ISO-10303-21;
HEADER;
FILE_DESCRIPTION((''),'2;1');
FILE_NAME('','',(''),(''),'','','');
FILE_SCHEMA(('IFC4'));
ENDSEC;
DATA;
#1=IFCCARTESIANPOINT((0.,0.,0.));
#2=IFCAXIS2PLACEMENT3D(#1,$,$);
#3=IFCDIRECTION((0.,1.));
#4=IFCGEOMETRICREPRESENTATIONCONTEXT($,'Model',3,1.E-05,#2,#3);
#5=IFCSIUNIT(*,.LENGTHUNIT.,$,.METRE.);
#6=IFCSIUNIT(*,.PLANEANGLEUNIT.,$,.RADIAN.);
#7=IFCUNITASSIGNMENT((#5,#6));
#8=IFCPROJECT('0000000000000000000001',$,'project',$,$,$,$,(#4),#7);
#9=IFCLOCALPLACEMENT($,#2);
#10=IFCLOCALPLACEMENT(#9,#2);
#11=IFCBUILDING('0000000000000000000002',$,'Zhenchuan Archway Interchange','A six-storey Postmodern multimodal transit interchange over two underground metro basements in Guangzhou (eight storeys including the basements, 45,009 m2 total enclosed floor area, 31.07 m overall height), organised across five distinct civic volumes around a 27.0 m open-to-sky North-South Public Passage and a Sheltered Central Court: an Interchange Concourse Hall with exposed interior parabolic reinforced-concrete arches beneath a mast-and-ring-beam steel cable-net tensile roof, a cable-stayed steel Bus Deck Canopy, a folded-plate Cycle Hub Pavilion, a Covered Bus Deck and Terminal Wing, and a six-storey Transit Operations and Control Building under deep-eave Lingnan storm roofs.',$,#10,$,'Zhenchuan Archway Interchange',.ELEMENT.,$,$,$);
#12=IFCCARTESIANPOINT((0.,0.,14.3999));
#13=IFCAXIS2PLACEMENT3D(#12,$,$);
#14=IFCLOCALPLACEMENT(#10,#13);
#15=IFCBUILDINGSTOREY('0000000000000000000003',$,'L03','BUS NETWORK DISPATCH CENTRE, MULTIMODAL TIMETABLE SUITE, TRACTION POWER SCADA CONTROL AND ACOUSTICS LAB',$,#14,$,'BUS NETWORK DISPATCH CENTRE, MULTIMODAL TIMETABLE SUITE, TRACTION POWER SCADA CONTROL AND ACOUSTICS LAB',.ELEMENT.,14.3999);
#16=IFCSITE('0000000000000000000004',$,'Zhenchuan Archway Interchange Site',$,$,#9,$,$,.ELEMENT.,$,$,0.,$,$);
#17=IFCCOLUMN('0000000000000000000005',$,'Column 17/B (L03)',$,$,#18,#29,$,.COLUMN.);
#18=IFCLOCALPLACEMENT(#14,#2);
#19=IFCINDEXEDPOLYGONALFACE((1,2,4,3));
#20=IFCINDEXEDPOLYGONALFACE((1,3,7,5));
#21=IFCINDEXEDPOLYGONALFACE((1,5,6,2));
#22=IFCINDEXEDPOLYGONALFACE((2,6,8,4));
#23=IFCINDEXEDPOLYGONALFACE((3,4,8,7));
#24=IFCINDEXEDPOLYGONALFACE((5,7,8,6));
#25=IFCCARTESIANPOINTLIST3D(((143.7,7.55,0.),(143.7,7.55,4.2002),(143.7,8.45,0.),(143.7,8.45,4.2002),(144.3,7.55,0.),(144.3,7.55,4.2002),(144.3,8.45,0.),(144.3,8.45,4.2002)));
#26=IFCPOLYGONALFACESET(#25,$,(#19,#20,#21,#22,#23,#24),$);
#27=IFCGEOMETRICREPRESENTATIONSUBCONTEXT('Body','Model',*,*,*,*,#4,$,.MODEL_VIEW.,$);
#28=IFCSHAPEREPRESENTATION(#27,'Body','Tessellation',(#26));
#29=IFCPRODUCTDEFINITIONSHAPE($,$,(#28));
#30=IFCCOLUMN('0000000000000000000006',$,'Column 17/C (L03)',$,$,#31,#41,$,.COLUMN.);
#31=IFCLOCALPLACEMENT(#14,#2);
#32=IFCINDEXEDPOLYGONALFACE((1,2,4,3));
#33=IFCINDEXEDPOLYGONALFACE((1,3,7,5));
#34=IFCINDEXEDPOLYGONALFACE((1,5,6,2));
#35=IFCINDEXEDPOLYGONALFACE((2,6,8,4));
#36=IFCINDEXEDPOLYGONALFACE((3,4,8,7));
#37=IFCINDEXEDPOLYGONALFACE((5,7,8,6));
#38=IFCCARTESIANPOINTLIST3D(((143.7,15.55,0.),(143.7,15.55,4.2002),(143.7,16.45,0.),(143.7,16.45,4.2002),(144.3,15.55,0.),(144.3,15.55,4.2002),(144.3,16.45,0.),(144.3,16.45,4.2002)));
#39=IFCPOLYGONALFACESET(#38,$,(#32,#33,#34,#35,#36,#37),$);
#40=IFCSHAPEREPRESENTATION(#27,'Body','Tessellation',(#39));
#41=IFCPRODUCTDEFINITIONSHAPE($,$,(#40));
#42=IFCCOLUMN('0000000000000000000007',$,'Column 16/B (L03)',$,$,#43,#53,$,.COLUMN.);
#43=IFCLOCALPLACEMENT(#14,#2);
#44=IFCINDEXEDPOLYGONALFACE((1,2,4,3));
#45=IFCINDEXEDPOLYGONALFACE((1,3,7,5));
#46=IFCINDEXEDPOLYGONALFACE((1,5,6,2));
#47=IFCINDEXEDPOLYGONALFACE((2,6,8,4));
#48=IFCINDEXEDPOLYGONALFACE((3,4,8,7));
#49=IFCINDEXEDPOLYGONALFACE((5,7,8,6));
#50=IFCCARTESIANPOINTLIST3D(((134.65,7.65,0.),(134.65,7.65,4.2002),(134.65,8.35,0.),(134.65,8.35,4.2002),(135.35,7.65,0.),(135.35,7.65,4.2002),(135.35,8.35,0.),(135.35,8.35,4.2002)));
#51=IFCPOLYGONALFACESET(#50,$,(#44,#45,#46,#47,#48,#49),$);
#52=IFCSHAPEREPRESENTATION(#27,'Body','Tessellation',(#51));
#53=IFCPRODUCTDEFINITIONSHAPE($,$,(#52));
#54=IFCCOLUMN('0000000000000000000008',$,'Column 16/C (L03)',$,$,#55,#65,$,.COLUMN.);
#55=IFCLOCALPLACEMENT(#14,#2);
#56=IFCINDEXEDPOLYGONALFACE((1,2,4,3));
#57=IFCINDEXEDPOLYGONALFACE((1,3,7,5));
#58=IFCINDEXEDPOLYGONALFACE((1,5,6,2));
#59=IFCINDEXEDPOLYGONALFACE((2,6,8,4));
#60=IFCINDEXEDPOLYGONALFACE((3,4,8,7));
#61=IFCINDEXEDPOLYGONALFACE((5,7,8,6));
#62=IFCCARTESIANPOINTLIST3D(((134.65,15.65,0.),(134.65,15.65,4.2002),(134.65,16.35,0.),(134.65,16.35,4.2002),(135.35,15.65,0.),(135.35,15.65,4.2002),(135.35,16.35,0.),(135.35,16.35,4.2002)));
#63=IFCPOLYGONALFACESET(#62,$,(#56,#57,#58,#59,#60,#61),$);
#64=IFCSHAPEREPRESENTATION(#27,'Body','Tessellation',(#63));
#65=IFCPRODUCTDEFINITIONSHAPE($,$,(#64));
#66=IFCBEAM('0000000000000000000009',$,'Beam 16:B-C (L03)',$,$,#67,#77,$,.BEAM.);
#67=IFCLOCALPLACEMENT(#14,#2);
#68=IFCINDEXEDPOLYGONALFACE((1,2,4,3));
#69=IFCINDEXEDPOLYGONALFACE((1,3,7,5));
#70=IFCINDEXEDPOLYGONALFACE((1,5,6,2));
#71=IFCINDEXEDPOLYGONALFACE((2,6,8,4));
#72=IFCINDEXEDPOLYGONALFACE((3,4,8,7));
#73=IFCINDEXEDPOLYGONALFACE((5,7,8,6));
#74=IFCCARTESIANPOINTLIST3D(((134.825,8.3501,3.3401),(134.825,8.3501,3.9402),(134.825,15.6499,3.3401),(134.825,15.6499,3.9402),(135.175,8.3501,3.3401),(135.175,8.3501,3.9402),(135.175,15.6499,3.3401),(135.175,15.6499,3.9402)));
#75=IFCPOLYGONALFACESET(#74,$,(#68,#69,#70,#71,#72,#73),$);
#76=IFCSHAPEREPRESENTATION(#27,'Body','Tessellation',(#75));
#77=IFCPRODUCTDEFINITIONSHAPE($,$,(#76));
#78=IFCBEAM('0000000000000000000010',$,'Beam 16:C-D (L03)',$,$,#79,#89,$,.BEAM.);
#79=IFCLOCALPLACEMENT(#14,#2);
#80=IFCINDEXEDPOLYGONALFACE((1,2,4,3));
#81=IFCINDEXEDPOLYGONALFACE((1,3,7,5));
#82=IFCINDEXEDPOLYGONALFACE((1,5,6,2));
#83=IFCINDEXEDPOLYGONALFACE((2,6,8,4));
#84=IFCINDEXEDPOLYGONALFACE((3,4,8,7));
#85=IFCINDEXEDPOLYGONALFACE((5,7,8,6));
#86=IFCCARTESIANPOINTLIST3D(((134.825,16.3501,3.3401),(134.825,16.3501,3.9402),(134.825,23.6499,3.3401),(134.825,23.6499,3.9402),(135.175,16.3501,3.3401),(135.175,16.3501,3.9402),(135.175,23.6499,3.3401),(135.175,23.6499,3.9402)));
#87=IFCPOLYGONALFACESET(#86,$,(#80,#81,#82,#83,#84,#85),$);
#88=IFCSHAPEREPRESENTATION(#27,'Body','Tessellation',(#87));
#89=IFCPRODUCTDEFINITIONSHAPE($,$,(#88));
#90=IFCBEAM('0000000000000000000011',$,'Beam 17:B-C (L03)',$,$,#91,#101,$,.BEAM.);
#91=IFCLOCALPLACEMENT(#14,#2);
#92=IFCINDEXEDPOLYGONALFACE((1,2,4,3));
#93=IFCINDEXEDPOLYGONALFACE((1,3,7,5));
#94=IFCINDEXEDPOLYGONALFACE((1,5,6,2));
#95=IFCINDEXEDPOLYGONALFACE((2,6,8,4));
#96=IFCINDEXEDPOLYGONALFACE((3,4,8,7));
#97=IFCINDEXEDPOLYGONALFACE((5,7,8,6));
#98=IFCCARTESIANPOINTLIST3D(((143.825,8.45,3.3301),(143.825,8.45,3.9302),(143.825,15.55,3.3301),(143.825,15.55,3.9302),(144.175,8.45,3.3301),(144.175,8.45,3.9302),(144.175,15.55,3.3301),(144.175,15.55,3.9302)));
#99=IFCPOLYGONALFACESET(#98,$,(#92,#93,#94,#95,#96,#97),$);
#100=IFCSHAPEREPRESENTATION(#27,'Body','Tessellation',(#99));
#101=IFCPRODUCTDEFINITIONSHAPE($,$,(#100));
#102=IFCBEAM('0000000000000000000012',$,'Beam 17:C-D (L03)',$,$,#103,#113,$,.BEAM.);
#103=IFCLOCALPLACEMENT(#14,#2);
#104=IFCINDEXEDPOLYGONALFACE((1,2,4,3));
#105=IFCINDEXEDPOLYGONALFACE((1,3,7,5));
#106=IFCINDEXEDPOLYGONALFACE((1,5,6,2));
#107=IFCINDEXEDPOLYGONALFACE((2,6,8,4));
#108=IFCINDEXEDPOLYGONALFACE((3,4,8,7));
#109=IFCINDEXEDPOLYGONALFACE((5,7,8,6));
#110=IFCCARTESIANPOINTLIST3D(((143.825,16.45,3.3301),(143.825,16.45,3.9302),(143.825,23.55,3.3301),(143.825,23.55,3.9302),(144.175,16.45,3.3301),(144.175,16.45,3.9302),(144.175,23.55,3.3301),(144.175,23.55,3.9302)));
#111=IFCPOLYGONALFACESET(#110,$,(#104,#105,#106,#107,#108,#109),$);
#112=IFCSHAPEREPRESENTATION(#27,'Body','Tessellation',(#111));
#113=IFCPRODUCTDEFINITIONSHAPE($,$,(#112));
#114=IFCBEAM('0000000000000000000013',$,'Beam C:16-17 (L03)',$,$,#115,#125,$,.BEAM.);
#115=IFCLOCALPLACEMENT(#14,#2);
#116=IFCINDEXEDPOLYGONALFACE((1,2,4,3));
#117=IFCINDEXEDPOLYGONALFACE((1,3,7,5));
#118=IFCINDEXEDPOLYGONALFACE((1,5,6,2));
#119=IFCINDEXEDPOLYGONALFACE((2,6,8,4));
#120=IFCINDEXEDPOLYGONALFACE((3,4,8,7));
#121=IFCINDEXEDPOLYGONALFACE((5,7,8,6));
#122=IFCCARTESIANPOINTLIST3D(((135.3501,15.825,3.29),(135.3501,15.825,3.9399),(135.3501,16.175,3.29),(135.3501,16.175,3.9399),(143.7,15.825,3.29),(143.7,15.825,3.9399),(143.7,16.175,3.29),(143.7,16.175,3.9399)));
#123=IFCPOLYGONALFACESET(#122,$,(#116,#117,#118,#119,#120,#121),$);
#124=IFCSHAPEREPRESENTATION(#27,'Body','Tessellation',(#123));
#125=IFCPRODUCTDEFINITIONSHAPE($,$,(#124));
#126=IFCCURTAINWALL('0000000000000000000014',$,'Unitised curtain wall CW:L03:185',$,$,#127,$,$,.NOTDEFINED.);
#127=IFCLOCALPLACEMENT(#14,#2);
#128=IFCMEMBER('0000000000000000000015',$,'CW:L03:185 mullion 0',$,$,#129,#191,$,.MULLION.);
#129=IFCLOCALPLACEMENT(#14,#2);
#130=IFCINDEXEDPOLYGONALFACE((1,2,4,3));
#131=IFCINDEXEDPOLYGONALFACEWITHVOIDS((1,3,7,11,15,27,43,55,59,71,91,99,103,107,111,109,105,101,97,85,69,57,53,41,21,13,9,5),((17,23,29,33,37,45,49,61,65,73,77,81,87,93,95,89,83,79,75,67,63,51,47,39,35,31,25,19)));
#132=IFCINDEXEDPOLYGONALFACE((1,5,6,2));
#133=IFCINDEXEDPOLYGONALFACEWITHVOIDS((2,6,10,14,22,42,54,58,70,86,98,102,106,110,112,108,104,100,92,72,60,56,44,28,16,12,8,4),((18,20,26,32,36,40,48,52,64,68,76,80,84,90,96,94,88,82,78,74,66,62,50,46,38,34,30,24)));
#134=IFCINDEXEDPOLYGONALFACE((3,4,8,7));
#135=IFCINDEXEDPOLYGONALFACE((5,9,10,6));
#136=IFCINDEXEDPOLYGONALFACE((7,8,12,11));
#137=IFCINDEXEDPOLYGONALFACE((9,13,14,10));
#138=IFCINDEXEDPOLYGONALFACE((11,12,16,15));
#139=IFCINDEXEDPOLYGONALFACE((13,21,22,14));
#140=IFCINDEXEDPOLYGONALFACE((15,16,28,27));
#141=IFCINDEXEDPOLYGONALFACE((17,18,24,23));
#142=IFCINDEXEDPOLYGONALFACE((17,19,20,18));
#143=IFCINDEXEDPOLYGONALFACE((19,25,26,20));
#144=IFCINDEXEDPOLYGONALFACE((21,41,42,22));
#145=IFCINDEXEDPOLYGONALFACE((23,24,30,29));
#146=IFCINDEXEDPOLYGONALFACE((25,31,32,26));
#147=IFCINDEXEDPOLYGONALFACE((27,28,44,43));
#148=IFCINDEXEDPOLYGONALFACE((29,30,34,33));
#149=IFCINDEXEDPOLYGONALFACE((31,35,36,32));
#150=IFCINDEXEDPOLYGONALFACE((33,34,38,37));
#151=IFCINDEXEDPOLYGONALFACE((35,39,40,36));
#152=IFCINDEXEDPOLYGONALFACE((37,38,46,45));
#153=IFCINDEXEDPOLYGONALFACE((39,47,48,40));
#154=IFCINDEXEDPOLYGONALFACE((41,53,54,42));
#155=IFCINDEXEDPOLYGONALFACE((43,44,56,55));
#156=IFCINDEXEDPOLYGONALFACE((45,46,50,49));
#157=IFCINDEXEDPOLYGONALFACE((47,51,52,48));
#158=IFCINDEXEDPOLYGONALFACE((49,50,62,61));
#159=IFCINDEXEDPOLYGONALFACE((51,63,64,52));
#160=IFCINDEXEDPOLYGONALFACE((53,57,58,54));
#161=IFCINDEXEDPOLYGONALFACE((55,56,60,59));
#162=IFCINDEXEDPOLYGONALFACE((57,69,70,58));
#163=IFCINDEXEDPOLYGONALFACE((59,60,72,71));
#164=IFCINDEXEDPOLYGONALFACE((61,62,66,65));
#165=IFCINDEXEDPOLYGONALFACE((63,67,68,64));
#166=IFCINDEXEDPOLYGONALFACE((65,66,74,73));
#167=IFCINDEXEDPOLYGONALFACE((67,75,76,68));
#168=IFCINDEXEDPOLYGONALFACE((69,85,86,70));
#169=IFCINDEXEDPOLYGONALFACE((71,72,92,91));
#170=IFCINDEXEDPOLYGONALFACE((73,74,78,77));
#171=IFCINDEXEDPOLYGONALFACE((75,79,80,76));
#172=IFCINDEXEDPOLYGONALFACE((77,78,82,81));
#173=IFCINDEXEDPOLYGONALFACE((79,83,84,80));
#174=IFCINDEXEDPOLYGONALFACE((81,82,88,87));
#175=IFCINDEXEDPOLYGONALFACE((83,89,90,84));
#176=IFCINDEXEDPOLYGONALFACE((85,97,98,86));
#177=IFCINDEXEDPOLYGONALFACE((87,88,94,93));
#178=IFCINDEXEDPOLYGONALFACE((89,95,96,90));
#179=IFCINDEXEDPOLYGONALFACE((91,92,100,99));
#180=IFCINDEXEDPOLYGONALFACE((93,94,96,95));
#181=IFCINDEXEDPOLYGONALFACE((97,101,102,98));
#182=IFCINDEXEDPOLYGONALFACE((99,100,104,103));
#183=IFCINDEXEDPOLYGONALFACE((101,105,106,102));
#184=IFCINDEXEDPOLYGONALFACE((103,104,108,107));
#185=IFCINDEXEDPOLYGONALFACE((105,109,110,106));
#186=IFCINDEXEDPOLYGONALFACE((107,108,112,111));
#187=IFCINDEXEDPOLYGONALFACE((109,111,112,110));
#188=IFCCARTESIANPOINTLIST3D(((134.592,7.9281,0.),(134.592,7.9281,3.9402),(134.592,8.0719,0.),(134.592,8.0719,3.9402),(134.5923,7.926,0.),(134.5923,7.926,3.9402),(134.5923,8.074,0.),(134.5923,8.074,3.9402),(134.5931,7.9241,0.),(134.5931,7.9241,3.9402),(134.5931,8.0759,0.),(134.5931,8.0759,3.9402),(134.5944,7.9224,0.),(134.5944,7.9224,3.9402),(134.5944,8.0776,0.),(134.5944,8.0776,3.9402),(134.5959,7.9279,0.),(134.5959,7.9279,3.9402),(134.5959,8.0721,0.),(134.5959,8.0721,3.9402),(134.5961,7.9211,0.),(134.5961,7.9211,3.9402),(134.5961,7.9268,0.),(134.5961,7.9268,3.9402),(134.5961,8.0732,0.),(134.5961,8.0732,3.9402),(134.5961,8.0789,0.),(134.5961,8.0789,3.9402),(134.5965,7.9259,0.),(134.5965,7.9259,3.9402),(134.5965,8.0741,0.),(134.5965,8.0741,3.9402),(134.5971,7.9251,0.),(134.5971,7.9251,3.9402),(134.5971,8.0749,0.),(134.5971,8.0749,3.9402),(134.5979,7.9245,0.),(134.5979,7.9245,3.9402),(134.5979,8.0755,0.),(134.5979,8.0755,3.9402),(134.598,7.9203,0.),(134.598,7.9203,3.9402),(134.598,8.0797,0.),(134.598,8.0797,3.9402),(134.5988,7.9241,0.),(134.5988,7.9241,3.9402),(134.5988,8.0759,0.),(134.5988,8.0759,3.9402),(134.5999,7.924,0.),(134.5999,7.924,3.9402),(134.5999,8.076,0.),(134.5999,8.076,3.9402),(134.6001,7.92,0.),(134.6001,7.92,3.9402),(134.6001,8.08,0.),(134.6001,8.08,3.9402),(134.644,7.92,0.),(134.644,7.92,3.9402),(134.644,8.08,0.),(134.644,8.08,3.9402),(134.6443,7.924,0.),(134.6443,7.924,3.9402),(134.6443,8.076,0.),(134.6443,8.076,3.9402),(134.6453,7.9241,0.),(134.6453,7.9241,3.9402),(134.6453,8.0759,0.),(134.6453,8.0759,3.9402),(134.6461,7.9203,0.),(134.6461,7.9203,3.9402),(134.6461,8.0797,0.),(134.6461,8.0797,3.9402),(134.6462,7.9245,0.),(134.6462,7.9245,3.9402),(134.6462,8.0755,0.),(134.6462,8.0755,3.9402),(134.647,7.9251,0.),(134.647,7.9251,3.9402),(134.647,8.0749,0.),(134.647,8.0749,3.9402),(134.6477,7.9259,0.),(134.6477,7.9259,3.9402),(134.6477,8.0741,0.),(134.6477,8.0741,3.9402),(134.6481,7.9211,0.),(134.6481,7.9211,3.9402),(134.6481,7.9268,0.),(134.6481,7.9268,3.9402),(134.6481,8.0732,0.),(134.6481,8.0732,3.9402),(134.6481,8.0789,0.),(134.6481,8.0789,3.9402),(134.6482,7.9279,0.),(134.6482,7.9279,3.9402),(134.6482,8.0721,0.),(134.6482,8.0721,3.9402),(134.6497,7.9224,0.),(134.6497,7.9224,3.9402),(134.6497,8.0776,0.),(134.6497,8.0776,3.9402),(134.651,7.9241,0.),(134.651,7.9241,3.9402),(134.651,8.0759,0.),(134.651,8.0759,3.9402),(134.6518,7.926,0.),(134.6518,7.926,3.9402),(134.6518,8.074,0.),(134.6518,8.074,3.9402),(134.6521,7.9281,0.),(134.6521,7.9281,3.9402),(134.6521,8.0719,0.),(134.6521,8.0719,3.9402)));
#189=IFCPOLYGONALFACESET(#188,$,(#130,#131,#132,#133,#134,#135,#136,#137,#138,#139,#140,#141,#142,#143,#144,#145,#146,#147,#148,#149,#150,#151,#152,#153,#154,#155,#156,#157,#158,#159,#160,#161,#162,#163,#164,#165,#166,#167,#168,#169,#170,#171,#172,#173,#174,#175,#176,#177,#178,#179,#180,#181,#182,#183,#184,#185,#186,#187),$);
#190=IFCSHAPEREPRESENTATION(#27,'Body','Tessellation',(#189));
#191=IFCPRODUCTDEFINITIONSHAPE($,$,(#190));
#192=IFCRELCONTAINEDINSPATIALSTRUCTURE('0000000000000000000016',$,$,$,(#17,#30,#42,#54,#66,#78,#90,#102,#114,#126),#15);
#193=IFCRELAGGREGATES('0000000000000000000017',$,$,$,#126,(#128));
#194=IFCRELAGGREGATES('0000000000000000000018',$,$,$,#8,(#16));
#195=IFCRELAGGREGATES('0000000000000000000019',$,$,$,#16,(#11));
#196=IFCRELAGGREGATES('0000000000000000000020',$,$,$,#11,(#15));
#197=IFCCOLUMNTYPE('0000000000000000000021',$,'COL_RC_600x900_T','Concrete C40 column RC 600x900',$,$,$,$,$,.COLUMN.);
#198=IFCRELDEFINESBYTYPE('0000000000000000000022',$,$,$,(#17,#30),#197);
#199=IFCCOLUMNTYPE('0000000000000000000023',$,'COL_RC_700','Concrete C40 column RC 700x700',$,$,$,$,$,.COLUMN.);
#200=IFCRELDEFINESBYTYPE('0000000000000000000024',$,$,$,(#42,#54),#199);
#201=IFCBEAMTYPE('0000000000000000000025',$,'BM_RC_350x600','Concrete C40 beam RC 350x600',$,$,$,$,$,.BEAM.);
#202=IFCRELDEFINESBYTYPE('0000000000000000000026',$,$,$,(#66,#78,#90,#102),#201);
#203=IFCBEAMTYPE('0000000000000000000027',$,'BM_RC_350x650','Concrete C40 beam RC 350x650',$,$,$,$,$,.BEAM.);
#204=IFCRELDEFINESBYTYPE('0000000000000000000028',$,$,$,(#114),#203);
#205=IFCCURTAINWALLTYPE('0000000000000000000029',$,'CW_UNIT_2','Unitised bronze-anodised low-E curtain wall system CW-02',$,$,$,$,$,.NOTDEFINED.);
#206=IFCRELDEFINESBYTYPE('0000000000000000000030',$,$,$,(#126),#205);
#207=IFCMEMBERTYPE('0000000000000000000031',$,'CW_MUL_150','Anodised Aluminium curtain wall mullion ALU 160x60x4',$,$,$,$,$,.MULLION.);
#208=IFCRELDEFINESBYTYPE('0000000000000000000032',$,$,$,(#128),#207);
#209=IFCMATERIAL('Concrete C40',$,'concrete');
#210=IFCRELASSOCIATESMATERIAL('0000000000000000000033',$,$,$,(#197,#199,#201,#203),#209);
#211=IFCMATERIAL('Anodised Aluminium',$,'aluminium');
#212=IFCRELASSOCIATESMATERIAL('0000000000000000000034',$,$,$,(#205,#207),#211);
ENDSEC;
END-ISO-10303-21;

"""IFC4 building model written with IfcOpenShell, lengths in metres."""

from ifc_helpers import new_model, si_unit, direction, frame, origin, origin_2d, place, context, subcontext, project, spatial, rectangle, hollow_rectangle, extrude, material, material_profile, profile_set, type_object, element, aggregate, save


model = new_model("IFC4")

# Units and contexts
model_context = context("Model", 3, precision=1e-05, world=origin(), true_north=direction((0.0, 1.0)))
body_context = subcontext(model_context, "Body", "Model", "MODEL_VIEW")
ifc_project = project(units=[si_unit("LENGTHUNIT", "METRE"), si_unit("PLANEANGLEUNIT", "RADIAN")], contexts=[model_context])

# Site, building, storey
site_placement = place(None, origin())
site = spatial("IfcSite", under=ifc_project, at=site_placement, Name="Zhenchuan Archway Interchange Site", CompositionType="ELEMENT", RefElevation=0.0)
building_placement = place(site_placement, origin())
building = spatial("IfcBuilding", under=site, at=building_placement, Name="Zhenchuan Archway Interchange", Description="A six-storey Postmodern multimodal transit interchange over two underground metro basements in Guangzhou (eight storeys including the basements, 45,009 m2 total enclosed floor area, 31.07 m overall height), organised across five distinct civic volumes around a 27.0 m open-to-sky North-South Public Passage and a Sheltered Central Court: an Interchange Concourse Hall with exposed interior parabolic reinforced-concrete arches beneath a mast-and-ring-beam steel cable-net tensile roof, a cable-stayed steel Bus Deck Canopy, a folded-plate Cycle Hub Pavilion, a Covered Bus Deck and Terminal Wing, and a six-storey Transit Operations and Control Building under deep-eave Lingnan storm roofs.", LongName="Zhenchuan Archway Interchange", CompositionType="ELEMENT")
storey_placement = place(building_placement, frame((0.0, 0.0, 14.3999)))
storey = spatial("IfcBuildingStorey", under=building, at=storey_placement, Name="L03", Description="BUS NETWORK DISPATCH CENTRE, MULTIMODAL TIMETABLE SUITE, TRACTION POWER SCADA CONTROL AND ACOUSTICS LAB", LongName="BUS NETWORK DISPATCH CENTRE, MULTIMODAL TIMETABLE SUITE, TRACTION POWER SCADA CONTROL AND ACOUSTICS LAB", CompositionType="ELEMENT", Elevation=14.3999)

# Columns
ifc_material_1 = material(Name="Concrete C40", Category="concrete")
ifc_material_profile_1 = material_profile(ifc_material_1, rectangle(XDim=0.6001, YDim=0.8999, at=origin_2d()), Name="RC 600x900")
ifc_profile_set_1 = profile_set([ifc_material_profile_1], Name="Concrete C40")
column_type_1 = type_object("IfcColumnType", Name="COL_RC_600x900_T", Description="Concrete C40 column RC 600x900", PredefinedType="COLUMN", material=ifc_profile_set_1)
for number, where, z_axis, x_axis, name in (
    (1, (144.0, 8.0, 0.0), (0.0, 0.0, 1.0), (1.0, 0.0, 0.0), "Column 17/B (L03)"),
    (2, (144.0, 16.0, 0.0), (0.0, 0.0, 1.0), (1.0, 0.0, 0.0), "Column 17/C (L03)"),
):
    element("IfcColumn", number, at=place(storey_placement, frame(where, z_axis=z_axis, x_axis=x_axis)), inside=storey, type_object=column_type_1, Name=name, PredefinedType="COLUMN", context=body_context, shape_type="SweptSolid", body=[
        extrude(rectangle(XDim=0.6001, YDim=0.8999, at=origin_2d()), origin(), (0.0, 0.0, 1.0), 4.2002),
    ])
ifc_material_profile_2 = material_profile(ifc_material_1, rectangle(XDim=0.7, YDim=0.7, at=origin_2d()), Name="RC 700x700")
ifc_profile_set_2 = profile_set([ifc_material_profile_2], Name="Concrete C40")
column_type_2 = type_object("IfcColumnType", Name="COL_RC_700", Description="Concrete C40 column RC 700x700", PredefinedType="COLUMN", material=ifc_profile_set_2)
for number, where, z_axis, x_axis, name in (
    (3, (135.0, 8.0, 0.0), (0.0, 0.0, 1.0), (1.0, 0.0, 0.0), "Column 16/B (L03)"),
    (4, (135.0, 16.0, 0.0), (0.0, 0.0, 1.0), (1.0, 0.0, 0.0), "Column 16/C (L03)"),
):
    element("IfcColumn", number, at=place(storey_placement, frame(where, z_axis=z_axis, x_axis=x_axis)), inside=storey, type_object=column_type_2, Name=name, PredefinedType="COLUMN", context=body_context, shape_type="SweptSolid", body=[
        extrude(rectangle(XDim=0.7, YDim=0.7, at=origin_2d()), origin(), (0.0, 0.0, 1.0), 4.2002),
    ])

# Beams
ifc_material_profile_3 = material_profile(ifc_material_1, rectangle(XDim=0.3501, YDim=0.6001, at=origin_2d()), Name="RC 350x600")
ifc_profile_set_3 = profile_set([ifc_material_profile_3], Name="Concrete C40")
beam_type_1 = type_object("IfcBeamType", Name="BM_RC_350x600", Description="Concrete C40 beam RC 350x600", PredefinedType="BEAM", material=ifc_profile_set_3)
for number, where, z_axis, x_axis, name in (
    (5, (135.0, 8.3501, 3.6401), (0.0, 1.0, 0.0), (-1.0, 0.0, 0.0), "Beam 16:B-C (L03)"),
    (6, (135.0, 16.3501, 3.6401), (0.0, 1.0, 0.0), (-1.0, 0.0, 0.0), "Beam 16:C-D (L03)"),
):
    element("IfcBeam", number, at=place(storey_placement, frame(where, z_axis=z_axis, x_axis=x_axis)), inside=storey, type_object=beam_type_1, Name=name, PredefinedType="BEAM", context=body_context, shape_type="SweptSolid", body=[
        extrude(rectangle(XDim=0.3501, YDim=0.6001, at=origin_2d()), origin(), (0.0, 0.0, 1.0), 7.2998),
    ])
for number, where, z_axis, x_axis, name in (
    (7, (144.0, 8.45, 3.6301), (0.0, 1.0, 0.0), (-1.0, 0.0, 0.0), "Beam 17:B-C (L03)"),
    (8, (144.0, 16.45, 3.6301), (0.0, 1.0, 0.0), (-1.0, 0.0, 0.0), "Beam 17:C-D (L03)"),
):
    element("IfcBeam", number, at=place(storey_placement, frame(where, z_axis=z_axis, x_axis=x_axis)), inside=storey, type_object=beam_type_1, Name=name, PredefinedType="BEAM", context=body_context, shape_type="SweptSolid", body=[
        extrude(rectangle(XDim=0.3501, YDim=0.6001, at=origin_2d()), origin(), (0.0, 0.0, 1.0), 7.1001),
    ])
ifc_material_profile_4 = material_profile(ifc_material_1, rectangle(XDim=0.3501, YDim=0.6499, at=origin_2d()), Name="RC 350x650")
ifc_profile_set_4 = profile_set([ifc_material_profile_4], Name="Concrete C40")
beam_type_2 = type_object("IfcBeamType", Name="BM_RC_350x650", Description="Concrete C40 beam RC 350x650", PredefinedType="BEAM", material=ifc_profile_set_4)
beam_1_placement = place(storey_placement, frame((135.3501, 16.0, 3.615), z_axis=(1.0, 0.0, 0.0), x_axis=(0.0, 1.0, 0.0)))
element("IfcBeam", 9, at=beam_1_placement, inside=storey, type_object=beam_type_2, Name="Beam C:16-17 (L03)", PredefinedType="BEAM", context=body_context, shape_type="SweptSolid", body=[
    extrude(rectangle(XDim=0.3501, YDim=0.6499, at=origin_2d()), origin(), (0.0, 0.0, 1.0), 8.3499),
])

# Curtain wall, member
ifc_material_2 = material(Name="Anodised Aluminium", Category="aluminium")
curtain_wall_type = type_object("IfcCurtainWallType", Name="CW_UNIT_2", Description="Unitised bronze-anodised low-E curtain wall system CW-02", PredefinedType="NOTDEFINED", material=ifc_material_2)
curtain_wall_placement = place(storey_placement, origin())
curtain_wall = element("IfcCurtainWall", 10, at=curtain_wall_placement, inside=storey, type_object=curtain_wall_type, Name="Unitised curtain wall CW:L03:185", PredefinedType="NOTDEFINED")
ifc_material_profile_5 = material_profile(ifc_material_2, hollow_rectangle(XDim=0.0601, YDim=0.1599, WallThickness=0.0039, InnerFilletRadius=0.0039, OuterFilletRadius=0.0081, at=origin_2d()), Name="ALU 160x60x4")
ifc_profile_set_5 = profile_set([ifc_material_profile_5], Name="Anodised Aluminium")
member_type_1 = type_object("IfcMemberType", Name="CW_MUL_150", Description="Anodised Aluminium curtain wall mullion ALU 160x60x4", PredefinedType="MULLION", material=ifc_profile_set_5)
member_1_placement = place(storey_placement, frame((134.6221, 8.0, 0.0), z_axis=(0.0, 0.0, 1.0), x_axis=(1.0, 0.0, 0.0)))
member_1 = element("IfcMember", 11, at=member_1_placement, type_object=member_type_1, Name="CW:L03:185 mullion 0", PredefinedType="MULLION", context=body_context, shape_type="SweptSolid", body=[
    extrude(hollow_rectangle(XDim=0.0601, YDim=0.1599, WallThickness=0.0039, InnerFilletRadius=0.0039, OuterFilletRadius=0.0081, at=origin_2d()), origin(), (0.0, 0.0, 1.0), 3.9402),
])

aggregate(curtain_wall, [member_1])

save(model, "model.ifc")
